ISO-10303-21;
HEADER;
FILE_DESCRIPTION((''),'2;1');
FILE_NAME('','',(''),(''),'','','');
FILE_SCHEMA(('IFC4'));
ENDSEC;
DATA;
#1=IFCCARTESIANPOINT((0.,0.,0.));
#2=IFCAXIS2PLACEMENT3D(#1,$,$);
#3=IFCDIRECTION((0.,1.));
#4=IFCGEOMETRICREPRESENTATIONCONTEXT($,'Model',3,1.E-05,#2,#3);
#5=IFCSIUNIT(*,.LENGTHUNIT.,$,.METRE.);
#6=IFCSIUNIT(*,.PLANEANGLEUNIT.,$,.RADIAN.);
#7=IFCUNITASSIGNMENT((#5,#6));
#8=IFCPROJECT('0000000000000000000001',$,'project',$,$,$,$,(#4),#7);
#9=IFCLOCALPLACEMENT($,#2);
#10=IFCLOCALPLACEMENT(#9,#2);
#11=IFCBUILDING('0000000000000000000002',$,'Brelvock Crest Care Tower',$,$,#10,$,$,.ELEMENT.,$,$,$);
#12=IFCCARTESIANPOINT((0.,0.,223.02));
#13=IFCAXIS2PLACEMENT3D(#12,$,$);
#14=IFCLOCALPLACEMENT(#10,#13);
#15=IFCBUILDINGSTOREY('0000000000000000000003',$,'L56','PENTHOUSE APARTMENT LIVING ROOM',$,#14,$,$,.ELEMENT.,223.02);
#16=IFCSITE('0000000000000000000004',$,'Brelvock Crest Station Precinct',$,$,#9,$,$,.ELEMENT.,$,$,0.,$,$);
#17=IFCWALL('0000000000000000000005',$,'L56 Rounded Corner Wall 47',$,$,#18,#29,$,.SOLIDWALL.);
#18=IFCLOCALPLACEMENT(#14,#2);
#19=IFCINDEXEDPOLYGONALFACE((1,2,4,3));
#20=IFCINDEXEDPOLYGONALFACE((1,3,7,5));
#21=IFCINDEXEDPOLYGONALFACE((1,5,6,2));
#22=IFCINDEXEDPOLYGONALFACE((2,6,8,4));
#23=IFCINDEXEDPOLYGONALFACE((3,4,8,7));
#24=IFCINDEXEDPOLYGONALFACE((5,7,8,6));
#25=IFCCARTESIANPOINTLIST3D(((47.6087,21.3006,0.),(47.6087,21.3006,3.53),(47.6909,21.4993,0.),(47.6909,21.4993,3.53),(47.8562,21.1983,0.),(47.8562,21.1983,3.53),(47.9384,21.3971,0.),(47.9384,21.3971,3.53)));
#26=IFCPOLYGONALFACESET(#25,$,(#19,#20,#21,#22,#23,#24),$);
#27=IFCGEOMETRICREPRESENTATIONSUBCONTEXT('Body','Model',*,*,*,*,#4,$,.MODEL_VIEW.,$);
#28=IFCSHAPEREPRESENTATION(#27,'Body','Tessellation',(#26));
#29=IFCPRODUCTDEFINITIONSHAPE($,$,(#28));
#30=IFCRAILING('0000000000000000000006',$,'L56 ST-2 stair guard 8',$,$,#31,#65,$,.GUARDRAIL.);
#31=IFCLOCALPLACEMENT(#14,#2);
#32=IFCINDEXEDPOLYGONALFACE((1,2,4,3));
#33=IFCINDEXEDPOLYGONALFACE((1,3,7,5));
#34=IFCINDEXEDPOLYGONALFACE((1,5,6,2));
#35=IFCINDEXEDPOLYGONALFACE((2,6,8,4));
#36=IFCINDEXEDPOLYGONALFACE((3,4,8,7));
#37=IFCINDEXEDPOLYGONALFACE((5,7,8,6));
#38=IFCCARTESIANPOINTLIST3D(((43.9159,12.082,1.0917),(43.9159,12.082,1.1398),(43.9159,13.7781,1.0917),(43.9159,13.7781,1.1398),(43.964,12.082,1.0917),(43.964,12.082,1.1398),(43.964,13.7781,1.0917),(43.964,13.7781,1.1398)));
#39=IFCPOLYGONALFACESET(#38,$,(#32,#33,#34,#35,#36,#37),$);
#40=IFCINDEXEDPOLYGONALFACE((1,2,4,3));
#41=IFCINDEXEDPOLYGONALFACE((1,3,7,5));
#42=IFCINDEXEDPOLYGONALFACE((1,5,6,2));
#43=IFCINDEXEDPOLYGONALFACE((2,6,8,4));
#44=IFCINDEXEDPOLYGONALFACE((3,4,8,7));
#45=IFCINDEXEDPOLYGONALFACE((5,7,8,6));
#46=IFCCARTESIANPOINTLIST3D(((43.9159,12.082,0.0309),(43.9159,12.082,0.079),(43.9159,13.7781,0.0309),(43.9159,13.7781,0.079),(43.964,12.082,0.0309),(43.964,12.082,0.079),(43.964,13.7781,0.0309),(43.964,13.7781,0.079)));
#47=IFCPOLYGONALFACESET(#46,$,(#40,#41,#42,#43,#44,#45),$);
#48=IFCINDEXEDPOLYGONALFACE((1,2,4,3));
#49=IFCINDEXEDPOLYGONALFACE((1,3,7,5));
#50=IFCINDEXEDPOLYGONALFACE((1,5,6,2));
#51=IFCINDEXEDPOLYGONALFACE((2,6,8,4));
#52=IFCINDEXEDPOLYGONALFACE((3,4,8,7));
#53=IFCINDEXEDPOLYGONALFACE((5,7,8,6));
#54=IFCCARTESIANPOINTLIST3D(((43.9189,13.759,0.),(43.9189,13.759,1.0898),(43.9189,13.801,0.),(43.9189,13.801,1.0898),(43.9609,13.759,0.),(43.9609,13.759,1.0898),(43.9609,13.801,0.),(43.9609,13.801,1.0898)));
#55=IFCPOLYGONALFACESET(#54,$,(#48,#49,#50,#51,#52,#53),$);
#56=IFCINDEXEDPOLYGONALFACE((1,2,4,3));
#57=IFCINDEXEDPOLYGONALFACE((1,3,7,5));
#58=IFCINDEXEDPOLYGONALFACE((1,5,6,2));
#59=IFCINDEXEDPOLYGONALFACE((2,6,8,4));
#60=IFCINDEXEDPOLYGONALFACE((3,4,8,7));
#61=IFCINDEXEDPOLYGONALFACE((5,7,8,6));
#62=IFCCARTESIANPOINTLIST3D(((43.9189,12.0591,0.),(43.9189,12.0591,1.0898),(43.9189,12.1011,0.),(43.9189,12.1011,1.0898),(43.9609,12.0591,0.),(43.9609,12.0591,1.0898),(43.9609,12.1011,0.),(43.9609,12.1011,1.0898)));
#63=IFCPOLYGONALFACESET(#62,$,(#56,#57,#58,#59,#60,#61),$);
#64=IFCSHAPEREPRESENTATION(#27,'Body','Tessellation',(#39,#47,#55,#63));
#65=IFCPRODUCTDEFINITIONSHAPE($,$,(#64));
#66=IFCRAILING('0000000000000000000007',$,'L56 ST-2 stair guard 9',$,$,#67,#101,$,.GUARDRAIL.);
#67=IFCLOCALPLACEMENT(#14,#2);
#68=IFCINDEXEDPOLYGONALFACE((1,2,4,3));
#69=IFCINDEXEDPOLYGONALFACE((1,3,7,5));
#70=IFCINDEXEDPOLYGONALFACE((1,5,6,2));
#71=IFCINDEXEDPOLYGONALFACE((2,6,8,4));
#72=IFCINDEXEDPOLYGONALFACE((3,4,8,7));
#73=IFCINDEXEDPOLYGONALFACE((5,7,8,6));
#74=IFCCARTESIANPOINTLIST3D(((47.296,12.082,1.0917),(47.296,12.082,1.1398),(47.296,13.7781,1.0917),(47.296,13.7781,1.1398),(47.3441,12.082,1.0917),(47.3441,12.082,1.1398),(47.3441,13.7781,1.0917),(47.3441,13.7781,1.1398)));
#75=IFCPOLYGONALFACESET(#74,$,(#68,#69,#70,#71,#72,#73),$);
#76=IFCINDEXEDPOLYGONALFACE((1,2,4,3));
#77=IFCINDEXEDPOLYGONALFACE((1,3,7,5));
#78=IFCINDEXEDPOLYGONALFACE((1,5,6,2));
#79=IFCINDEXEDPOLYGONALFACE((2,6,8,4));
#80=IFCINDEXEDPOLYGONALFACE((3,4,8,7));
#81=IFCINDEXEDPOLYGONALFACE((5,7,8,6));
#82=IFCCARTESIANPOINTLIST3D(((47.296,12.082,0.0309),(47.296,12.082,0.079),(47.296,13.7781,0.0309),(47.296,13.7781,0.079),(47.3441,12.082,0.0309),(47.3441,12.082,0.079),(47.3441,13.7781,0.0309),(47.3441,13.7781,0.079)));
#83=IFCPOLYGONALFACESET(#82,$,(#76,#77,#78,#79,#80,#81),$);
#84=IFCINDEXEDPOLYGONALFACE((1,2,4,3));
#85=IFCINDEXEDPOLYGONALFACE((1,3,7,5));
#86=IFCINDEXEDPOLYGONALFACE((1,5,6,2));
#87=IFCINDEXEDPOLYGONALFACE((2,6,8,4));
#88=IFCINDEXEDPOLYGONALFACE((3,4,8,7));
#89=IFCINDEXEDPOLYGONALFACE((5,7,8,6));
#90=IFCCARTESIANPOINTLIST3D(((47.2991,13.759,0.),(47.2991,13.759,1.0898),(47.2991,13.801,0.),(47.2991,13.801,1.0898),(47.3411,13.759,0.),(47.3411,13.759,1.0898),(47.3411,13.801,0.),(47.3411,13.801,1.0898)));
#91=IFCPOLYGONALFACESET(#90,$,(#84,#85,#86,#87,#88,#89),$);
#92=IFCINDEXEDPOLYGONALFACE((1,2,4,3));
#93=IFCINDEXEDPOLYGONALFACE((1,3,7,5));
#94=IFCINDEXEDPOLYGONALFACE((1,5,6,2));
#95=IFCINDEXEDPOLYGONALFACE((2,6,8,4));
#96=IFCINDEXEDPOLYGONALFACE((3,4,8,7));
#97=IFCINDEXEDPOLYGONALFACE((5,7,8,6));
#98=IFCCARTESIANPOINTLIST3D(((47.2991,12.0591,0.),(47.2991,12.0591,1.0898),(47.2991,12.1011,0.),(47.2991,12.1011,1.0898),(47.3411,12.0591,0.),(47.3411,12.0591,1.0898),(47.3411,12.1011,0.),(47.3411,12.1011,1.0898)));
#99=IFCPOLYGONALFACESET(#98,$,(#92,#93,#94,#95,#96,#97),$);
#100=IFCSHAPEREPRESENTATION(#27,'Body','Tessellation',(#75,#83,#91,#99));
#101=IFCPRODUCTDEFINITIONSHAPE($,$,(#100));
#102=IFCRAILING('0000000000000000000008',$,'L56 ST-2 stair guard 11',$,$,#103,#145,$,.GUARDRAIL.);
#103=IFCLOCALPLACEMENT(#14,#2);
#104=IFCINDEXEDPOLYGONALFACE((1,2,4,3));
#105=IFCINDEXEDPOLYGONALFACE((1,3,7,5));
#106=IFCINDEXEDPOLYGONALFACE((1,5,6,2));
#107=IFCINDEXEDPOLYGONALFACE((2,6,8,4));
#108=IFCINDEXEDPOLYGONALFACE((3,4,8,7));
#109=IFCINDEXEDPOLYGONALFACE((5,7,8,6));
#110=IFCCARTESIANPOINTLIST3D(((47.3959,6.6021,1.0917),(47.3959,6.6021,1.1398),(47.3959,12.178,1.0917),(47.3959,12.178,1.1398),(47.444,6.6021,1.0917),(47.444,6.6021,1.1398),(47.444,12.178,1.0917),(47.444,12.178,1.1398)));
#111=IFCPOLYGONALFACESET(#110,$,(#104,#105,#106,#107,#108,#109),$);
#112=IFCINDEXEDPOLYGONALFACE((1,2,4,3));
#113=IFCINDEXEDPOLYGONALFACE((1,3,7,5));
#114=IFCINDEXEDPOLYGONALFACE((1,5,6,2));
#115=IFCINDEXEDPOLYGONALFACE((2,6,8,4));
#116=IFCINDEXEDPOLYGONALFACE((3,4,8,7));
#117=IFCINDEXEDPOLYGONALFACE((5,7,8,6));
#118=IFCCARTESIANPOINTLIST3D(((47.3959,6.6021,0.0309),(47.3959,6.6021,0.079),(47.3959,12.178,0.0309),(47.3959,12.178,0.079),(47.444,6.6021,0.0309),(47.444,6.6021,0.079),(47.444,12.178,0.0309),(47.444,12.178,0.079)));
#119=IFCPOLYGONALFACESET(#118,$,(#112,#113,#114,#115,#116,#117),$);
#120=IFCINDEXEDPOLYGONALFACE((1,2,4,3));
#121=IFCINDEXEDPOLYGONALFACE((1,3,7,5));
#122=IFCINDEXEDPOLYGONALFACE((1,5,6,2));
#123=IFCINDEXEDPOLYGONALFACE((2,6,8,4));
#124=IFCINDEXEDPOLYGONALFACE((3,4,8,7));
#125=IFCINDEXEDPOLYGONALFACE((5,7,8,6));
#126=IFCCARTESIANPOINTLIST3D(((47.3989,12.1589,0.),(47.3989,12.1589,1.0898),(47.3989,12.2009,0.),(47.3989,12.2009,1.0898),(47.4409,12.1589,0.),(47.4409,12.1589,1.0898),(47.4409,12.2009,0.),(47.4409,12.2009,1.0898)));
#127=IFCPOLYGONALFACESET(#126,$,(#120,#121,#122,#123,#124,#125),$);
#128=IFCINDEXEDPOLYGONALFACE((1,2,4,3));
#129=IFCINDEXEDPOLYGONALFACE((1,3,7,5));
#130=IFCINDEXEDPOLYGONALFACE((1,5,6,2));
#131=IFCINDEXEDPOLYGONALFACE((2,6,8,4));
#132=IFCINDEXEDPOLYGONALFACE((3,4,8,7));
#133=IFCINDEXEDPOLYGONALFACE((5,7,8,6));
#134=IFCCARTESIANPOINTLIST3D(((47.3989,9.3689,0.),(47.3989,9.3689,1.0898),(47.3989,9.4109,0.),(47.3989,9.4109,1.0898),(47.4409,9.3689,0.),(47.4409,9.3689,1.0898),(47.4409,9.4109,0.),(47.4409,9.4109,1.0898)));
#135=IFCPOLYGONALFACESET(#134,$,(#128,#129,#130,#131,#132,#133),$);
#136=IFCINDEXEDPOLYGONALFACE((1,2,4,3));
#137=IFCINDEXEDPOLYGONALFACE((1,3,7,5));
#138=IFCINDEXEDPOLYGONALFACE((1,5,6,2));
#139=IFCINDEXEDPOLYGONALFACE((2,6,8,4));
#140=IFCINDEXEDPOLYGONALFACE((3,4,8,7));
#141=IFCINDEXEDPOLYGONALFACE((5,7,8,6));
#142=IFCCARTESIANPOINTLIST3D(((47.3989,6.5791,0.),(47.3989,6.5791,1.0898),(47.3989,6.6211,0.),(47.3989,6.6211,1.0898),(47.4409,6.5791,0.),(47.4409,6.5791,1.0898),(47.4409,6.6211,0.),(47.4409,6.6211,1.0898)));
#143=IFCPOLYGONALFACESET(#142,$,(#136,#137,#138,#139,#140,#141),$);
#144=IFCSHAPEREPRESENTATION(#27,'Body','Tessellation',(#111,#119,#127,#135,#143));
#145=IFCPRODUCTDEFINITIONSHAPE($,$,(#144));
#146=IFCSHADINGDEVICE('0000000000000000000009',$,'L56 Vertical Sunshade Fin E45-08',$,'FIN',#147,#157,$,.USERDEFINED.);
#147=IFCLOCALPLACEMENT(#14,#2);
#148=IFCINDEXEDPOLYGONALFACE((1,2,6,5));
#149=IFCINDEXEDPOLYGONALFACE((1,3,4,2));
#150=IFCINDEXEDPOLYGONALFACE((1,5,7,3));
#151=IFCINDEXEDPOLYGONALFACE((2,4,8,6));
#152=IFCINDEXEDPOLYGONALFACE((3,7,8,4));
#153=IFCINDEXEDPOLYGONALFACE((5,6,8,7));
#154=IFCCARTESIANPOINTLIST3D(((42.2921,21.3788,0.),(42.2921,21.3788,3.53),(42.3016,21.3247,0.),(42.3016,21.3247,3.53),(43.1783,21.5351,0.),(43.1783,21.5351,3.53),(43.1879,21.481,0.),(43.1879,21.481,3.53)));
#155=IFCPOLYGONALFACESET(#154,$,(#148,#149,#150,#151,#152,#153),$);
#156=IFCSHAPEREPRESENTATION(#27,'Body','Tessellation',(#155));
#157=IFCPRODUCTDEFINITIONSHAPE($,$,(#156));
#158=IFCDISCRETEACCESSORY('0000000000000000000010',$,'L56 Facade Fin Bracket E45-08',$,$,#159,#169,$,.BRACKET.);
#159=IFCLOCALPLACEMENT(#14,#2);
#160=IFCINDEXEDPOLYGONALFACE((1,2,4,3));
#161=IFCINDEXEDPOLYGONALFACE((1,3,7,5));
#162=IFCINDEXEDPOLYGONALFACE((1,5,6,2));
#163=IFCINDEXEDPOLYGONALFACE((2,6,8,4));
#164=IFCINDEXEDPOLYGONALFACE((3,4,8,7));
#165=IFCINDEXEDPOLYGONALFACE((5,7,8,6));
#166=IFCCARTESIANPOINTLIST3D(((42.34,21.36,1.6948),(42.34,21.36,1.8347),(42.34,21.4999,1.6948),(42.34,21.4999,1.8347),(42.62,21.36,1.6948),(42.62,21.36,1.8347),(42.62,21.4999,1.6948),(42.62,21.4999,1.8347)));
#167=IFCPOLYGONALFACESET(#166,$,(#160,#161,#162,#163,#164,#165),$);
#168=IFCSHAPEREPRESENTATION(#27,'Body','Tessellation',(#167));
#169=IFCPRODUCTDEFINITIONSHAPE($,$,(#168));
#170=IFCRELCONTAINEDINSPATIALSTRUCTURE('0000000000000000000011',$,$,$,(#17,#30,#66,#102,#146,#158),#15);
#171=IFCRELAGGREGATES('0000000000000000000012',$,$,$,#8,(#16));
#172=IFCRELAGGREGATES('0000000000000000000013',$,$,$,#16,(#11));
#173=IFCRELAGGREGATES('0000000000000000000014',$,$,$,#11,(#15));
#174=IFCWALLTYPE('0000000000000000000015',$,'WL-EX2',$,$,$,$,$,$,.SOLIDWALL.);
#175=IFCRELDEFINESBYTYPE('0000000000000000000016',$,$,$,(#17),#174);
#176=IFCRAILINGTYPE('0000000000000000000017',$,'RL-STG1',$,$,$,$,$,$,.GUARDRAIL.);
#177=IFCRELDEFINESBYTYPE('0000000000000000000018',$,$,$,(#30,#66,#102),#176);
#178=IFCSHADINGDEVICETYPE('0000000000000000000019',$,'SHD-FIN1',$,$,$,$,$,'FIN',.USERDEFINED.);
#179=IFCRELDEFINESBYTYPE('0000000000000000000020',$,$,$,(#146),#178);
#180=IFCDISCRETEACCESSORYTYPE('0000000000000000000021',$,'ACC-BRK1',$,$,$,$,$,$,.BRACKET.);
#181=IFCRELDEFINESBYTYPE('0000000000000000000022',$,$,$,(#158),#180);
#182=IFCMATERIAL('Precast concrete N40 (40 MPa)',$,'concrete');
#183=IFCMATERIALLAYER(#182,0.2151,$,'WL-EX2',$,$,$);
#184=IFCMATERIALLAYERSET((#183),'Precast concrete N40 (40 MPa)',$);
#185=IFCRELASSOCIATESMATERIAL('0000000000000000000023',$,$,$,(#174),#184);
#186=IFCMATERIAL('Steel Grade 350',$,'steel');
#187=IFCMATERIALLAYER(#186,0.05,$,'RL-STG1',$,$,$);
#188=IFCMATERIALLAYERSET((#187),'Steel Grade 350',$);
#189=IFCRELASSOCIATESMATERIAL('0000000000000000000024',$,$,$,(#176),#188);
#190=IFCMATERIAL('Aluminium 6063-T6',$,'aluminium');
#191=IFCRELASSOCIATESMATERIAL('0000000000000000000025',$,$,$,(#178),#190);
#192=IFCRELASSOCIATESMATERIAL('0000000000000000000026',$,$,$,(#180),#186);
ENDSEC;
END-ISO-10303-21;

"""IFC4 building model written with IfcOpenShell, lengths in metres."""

from ifc_helpers import new_model, si_unit, direction, frame, frame_2d, origin, origin_2d, place, context, subcontext, project, spatial, rectangle, extrude, source, transform, mapped, material, layer, layer_set, material_profile, profile_set, type_object, element, save


model = new_model("IFC4")

# Units and contexts
model_context = context("Model", 3, precision=1e-05, world=origin(), true_north=direction((0.0, 1.0)))
body_context = subcontext(model_context, "Body", "Model", "MODEL_VIEW")
ifc_project = project(units=[si_unit("LENGTHUNIT", "METRE"), si_unit("PLANEANGLEUNIT", "RADIAN")], contexts=[model_context])

# Site, building, storey
site_placement = place(None, origin())
site = spatial("IfcSite", under=ifc_project, at=site_placement, Name="Brelvock Crest Station Precinct", CompositionType="ELEMENT", RefElevation=0.0)
building_placement = place(site_placement, origin())
building = spatial("IfcBuilding", under=site, at=building_placement, Name="Brelvock Crest Care Tower", CompositionType="ELEMENT")
storey_placement = place(building_placement, frame((0.0, 0.0, 223.02)))
storey = spatial("IfcBuildingStorey", under=building, at=storey_placement, Name="L56", Description="PENTHOUSE APARTMENT LIVING ROOM", CompositionType="ELEMENT", Elevation=223.02)

# Shared definitions
ifc_material_1 = material(Name="Steel Grade 350", Category="steel")

# Shared definitions
ifc_material_2 = material(Name="Aluminium 6063-T6", Category="aluminium")

# Wall
ifc_material_3 = material(Name="Precast concrete N40 (40 MPa)", Category="concrete")
ifc_layer_1 = layer(ifc_material_3, 0.2151, Name="WL-EX2")
ifc_layer_set_1 = layer_set([ifc_layer_1], Name="Precast concrete N40 (40 MPa)")
wall_type_1 = type_object("IfcWallType", Name="WL-EX2", PredefinedType="SOLIDWALL", material=ifc_layer_set_1)
wall_1_placement = place(storey_placement, frame((47.6499, 21.3999, 0.0), z_axis=(0.0, 0.0, 1.0), x_axis=(0.924205, -0.381896, 0.0)))
element("IfcWall", 1, at=wall_1_placement, inside=storey, type_object=wall_type_1, Name="L56 Rounded Corner Wall 47", PredefinedType="SOLIDWALL", context=body_context, shape_type="SweptSolid", body=[
    extrude(rectangle(XDim=0.2678, YDim=0.2151, at=frame_2d((0.1338, 0.0))), origin(), (0.0, 0.0, 1.0), 3.53),
])

# Railings
ifc_layer_2 = layer(ifc_material_1, 0.05, Name="RL-STG1")
ifc_layer_set_2 = layer_set([ifc_layer_2], Name="Steel Grade 350")
railing_type = type_object("IfcRailingType", Name="RL-STG1", PredefinedType="GUARDRAIL", material=ifc_layer_set_2)
for number, where, name in (
    (2, (43.9399, 13.78, 0.0), "L56 ST-2 stair guard 8"),
    (3, (47.3201, 13.78, 0.0), "L56 ST-2 stair guard 9"),
):
    element("IfcRailing", number, at=place(storey_placement, frame(where)), inside=storey, type_object=railing_type, Name=name, PredefinedType="GUARDRAIL", context=body_context, shape_type="SweptSolid", body=[
        extrude(rectangle(XDim=0.0481, YDim=0.0481, at=origin_2d()), frame((0.0, -0.002, 1.1157), z_axis=(0.0, -1.0, 0.0), x_axis=(1.0, 0.0, 0.0)), (0.0, 0.0, 1.0), 1.696),
        extrude(rectangle(XDim=0.0481, YDim=0.0481, at=origin_2d()), frame((0.0, -0.002, 0.0549), z_axis=(0.0, -1.0, 0.0), x_axis=(1.0, 0.0, 0.0)), (0.0, 0.0, 1.0), 1.696),
        extrude(rectangle(XDim=0.042, YDim=0.042, at=origin_2d()), origin(), (0.0, 0.0, 1.0), 1.0898),
        extrude(rectangle(XDim=0.042, YDim=0.042, at=origin_2d()), frame((0.0, -1.7, 0.0)), (0.0, 0.0, 1.0), 1.0898),
    ])
railing_placement = place(storey_placement, frame((47.4199, 12.1799, 0.0)))
element("IfcRailing", 4, at=railing_placement, inside=storey, type_object=railing_type, Name="L56 ST-2 stair guard 11", PredefinedType="GUARDRAIL", context=body_context, shape_type="SweptSolid", body=[
    extrude(rectangle(XDim=0.0481, YDim=0.0481, at=origin_2d()), frame((0.0, -0.002, 1.1157), z_axis=(0.0, -1.0, 0.0), x_axis=(1.0, 0.0, 0.0)), (0.0, 0.0, 1.0), 5.5759),
    extrude(rectangle(XDim=0.0481, YDim=0.0481, at=origin_2d()), frame((0.0, -0.002, 0.0549), z_axis=(0.0, -1.0, 0.0), x_axis=(1.0, 0.0, 0.0)), (0.0, 0.0, 1.0), 5.5759),
    extrude(rectangle(XDim=0.042, YDim=0.042, at=origin_2d()), origin(), (0.0, 0.0, 1.0), 1.0898),
    extrude(rectangle(XDim=0.042, YDim=0.042, at=origin_2d()), frame((0.0, -2.79, 0.0)), (0.0, 0.0, 1.0), 1.0898),
    extrude(rectangle(XDim=0.042, YDim=0.042, at=origin_2d()), frame((0.0, -5.5798, 0.0)), (0.0, 0.0, 1.0), 1.0898),
])

# Shading device
ifc_material_profile_1 = material_profile(ifc_material_2, rectangle(XDim=0.0549, YDim=0.8999, at=origin_2d()), Name="FIN55x900")
ifc_profile_set_1 = profile_set([ifc_material_profile_1], Name="Aluminium 6063-T6")
shading_device_type = type_object("IfcShadingDeviceType", Name="SHD-FIN1", ElementType="FIN", PredefinedType="USERDEFINED", material=ifc_profile_set_1)
shared_shape_1 = source(origin(), body_context, "Body", "SweptSolid", [
    extrude(rectangle(XDim=0.0549, YDim=0.8999, at=origin_2d()), origin(), (0.0, 0.0, 1.0), 3.53),
])
shading_device_placement = place(storey_placement, frame((42.74, 21.4299, 0.0), z_axis=(0.0, 0.0, 1.0), x_axis=(0.173648, -0.984808, 0.0)))
element("IfcShadingDevice", 5, at=shading_device_placement, inside=storey, type_object=shading_device_type, Name="L56 Vertical Sunshade Fin E45-08", ObjectType="FIN", PredefinedType="USERDEFINED", context=body_context, shape_type="MappedRepresentation", body=[
    mapped(shared_shape_1, transform((0.0, 0.0, 0.0), x_axis=(1.0, 0.0, 0.0), y_axis=(0.0, 1.0, 0.0), z_axis=(0.0, 0.0, 1.0), scale=1.0)),
])

# Discrete accessory
discrete_accessory_type = type_object("IfcDiscreteAccessoryType", Name="ACC-BRK1", PredefinedType="BRACKET", material=ifc_material_1)
shared_shape_2 = source(origin(), body_context, "Body", "SweptSolid", [
    extrude(rectangle(XDim=0.28, YDim=0.1399, at=origin_2d()), origin(), (0.0, 0.0, 1.0), 0.1399),
])
discrete_accessory_placement = place(storey_placement, frame((42.48, 21.4299, 1.6948), z_axis=(0.0, 0.0, 1.0), x_axis=(1.0, 0.0, 0.0)))
element("IfcDiscreteAccessory", 6, at=discrete_accessory_placement, inside=storey, type_object=discrete_accessory_type, Name="L56 Facade Fin Bracket E45-08", PredefinedType="BRACKET", context=body_context, shape_type="MappedRepresentation", body=[
    mapped(shared_shape_2, transform((0.0, 0.0, 0.0), x_axis=(1.0, 0.0, 0.0), y_axis=(0.0, 1.0, 0.0), z_axis=(0.0, 0.0, 1.0), scale=1.0)),
])

save(model, "model.ifc")
